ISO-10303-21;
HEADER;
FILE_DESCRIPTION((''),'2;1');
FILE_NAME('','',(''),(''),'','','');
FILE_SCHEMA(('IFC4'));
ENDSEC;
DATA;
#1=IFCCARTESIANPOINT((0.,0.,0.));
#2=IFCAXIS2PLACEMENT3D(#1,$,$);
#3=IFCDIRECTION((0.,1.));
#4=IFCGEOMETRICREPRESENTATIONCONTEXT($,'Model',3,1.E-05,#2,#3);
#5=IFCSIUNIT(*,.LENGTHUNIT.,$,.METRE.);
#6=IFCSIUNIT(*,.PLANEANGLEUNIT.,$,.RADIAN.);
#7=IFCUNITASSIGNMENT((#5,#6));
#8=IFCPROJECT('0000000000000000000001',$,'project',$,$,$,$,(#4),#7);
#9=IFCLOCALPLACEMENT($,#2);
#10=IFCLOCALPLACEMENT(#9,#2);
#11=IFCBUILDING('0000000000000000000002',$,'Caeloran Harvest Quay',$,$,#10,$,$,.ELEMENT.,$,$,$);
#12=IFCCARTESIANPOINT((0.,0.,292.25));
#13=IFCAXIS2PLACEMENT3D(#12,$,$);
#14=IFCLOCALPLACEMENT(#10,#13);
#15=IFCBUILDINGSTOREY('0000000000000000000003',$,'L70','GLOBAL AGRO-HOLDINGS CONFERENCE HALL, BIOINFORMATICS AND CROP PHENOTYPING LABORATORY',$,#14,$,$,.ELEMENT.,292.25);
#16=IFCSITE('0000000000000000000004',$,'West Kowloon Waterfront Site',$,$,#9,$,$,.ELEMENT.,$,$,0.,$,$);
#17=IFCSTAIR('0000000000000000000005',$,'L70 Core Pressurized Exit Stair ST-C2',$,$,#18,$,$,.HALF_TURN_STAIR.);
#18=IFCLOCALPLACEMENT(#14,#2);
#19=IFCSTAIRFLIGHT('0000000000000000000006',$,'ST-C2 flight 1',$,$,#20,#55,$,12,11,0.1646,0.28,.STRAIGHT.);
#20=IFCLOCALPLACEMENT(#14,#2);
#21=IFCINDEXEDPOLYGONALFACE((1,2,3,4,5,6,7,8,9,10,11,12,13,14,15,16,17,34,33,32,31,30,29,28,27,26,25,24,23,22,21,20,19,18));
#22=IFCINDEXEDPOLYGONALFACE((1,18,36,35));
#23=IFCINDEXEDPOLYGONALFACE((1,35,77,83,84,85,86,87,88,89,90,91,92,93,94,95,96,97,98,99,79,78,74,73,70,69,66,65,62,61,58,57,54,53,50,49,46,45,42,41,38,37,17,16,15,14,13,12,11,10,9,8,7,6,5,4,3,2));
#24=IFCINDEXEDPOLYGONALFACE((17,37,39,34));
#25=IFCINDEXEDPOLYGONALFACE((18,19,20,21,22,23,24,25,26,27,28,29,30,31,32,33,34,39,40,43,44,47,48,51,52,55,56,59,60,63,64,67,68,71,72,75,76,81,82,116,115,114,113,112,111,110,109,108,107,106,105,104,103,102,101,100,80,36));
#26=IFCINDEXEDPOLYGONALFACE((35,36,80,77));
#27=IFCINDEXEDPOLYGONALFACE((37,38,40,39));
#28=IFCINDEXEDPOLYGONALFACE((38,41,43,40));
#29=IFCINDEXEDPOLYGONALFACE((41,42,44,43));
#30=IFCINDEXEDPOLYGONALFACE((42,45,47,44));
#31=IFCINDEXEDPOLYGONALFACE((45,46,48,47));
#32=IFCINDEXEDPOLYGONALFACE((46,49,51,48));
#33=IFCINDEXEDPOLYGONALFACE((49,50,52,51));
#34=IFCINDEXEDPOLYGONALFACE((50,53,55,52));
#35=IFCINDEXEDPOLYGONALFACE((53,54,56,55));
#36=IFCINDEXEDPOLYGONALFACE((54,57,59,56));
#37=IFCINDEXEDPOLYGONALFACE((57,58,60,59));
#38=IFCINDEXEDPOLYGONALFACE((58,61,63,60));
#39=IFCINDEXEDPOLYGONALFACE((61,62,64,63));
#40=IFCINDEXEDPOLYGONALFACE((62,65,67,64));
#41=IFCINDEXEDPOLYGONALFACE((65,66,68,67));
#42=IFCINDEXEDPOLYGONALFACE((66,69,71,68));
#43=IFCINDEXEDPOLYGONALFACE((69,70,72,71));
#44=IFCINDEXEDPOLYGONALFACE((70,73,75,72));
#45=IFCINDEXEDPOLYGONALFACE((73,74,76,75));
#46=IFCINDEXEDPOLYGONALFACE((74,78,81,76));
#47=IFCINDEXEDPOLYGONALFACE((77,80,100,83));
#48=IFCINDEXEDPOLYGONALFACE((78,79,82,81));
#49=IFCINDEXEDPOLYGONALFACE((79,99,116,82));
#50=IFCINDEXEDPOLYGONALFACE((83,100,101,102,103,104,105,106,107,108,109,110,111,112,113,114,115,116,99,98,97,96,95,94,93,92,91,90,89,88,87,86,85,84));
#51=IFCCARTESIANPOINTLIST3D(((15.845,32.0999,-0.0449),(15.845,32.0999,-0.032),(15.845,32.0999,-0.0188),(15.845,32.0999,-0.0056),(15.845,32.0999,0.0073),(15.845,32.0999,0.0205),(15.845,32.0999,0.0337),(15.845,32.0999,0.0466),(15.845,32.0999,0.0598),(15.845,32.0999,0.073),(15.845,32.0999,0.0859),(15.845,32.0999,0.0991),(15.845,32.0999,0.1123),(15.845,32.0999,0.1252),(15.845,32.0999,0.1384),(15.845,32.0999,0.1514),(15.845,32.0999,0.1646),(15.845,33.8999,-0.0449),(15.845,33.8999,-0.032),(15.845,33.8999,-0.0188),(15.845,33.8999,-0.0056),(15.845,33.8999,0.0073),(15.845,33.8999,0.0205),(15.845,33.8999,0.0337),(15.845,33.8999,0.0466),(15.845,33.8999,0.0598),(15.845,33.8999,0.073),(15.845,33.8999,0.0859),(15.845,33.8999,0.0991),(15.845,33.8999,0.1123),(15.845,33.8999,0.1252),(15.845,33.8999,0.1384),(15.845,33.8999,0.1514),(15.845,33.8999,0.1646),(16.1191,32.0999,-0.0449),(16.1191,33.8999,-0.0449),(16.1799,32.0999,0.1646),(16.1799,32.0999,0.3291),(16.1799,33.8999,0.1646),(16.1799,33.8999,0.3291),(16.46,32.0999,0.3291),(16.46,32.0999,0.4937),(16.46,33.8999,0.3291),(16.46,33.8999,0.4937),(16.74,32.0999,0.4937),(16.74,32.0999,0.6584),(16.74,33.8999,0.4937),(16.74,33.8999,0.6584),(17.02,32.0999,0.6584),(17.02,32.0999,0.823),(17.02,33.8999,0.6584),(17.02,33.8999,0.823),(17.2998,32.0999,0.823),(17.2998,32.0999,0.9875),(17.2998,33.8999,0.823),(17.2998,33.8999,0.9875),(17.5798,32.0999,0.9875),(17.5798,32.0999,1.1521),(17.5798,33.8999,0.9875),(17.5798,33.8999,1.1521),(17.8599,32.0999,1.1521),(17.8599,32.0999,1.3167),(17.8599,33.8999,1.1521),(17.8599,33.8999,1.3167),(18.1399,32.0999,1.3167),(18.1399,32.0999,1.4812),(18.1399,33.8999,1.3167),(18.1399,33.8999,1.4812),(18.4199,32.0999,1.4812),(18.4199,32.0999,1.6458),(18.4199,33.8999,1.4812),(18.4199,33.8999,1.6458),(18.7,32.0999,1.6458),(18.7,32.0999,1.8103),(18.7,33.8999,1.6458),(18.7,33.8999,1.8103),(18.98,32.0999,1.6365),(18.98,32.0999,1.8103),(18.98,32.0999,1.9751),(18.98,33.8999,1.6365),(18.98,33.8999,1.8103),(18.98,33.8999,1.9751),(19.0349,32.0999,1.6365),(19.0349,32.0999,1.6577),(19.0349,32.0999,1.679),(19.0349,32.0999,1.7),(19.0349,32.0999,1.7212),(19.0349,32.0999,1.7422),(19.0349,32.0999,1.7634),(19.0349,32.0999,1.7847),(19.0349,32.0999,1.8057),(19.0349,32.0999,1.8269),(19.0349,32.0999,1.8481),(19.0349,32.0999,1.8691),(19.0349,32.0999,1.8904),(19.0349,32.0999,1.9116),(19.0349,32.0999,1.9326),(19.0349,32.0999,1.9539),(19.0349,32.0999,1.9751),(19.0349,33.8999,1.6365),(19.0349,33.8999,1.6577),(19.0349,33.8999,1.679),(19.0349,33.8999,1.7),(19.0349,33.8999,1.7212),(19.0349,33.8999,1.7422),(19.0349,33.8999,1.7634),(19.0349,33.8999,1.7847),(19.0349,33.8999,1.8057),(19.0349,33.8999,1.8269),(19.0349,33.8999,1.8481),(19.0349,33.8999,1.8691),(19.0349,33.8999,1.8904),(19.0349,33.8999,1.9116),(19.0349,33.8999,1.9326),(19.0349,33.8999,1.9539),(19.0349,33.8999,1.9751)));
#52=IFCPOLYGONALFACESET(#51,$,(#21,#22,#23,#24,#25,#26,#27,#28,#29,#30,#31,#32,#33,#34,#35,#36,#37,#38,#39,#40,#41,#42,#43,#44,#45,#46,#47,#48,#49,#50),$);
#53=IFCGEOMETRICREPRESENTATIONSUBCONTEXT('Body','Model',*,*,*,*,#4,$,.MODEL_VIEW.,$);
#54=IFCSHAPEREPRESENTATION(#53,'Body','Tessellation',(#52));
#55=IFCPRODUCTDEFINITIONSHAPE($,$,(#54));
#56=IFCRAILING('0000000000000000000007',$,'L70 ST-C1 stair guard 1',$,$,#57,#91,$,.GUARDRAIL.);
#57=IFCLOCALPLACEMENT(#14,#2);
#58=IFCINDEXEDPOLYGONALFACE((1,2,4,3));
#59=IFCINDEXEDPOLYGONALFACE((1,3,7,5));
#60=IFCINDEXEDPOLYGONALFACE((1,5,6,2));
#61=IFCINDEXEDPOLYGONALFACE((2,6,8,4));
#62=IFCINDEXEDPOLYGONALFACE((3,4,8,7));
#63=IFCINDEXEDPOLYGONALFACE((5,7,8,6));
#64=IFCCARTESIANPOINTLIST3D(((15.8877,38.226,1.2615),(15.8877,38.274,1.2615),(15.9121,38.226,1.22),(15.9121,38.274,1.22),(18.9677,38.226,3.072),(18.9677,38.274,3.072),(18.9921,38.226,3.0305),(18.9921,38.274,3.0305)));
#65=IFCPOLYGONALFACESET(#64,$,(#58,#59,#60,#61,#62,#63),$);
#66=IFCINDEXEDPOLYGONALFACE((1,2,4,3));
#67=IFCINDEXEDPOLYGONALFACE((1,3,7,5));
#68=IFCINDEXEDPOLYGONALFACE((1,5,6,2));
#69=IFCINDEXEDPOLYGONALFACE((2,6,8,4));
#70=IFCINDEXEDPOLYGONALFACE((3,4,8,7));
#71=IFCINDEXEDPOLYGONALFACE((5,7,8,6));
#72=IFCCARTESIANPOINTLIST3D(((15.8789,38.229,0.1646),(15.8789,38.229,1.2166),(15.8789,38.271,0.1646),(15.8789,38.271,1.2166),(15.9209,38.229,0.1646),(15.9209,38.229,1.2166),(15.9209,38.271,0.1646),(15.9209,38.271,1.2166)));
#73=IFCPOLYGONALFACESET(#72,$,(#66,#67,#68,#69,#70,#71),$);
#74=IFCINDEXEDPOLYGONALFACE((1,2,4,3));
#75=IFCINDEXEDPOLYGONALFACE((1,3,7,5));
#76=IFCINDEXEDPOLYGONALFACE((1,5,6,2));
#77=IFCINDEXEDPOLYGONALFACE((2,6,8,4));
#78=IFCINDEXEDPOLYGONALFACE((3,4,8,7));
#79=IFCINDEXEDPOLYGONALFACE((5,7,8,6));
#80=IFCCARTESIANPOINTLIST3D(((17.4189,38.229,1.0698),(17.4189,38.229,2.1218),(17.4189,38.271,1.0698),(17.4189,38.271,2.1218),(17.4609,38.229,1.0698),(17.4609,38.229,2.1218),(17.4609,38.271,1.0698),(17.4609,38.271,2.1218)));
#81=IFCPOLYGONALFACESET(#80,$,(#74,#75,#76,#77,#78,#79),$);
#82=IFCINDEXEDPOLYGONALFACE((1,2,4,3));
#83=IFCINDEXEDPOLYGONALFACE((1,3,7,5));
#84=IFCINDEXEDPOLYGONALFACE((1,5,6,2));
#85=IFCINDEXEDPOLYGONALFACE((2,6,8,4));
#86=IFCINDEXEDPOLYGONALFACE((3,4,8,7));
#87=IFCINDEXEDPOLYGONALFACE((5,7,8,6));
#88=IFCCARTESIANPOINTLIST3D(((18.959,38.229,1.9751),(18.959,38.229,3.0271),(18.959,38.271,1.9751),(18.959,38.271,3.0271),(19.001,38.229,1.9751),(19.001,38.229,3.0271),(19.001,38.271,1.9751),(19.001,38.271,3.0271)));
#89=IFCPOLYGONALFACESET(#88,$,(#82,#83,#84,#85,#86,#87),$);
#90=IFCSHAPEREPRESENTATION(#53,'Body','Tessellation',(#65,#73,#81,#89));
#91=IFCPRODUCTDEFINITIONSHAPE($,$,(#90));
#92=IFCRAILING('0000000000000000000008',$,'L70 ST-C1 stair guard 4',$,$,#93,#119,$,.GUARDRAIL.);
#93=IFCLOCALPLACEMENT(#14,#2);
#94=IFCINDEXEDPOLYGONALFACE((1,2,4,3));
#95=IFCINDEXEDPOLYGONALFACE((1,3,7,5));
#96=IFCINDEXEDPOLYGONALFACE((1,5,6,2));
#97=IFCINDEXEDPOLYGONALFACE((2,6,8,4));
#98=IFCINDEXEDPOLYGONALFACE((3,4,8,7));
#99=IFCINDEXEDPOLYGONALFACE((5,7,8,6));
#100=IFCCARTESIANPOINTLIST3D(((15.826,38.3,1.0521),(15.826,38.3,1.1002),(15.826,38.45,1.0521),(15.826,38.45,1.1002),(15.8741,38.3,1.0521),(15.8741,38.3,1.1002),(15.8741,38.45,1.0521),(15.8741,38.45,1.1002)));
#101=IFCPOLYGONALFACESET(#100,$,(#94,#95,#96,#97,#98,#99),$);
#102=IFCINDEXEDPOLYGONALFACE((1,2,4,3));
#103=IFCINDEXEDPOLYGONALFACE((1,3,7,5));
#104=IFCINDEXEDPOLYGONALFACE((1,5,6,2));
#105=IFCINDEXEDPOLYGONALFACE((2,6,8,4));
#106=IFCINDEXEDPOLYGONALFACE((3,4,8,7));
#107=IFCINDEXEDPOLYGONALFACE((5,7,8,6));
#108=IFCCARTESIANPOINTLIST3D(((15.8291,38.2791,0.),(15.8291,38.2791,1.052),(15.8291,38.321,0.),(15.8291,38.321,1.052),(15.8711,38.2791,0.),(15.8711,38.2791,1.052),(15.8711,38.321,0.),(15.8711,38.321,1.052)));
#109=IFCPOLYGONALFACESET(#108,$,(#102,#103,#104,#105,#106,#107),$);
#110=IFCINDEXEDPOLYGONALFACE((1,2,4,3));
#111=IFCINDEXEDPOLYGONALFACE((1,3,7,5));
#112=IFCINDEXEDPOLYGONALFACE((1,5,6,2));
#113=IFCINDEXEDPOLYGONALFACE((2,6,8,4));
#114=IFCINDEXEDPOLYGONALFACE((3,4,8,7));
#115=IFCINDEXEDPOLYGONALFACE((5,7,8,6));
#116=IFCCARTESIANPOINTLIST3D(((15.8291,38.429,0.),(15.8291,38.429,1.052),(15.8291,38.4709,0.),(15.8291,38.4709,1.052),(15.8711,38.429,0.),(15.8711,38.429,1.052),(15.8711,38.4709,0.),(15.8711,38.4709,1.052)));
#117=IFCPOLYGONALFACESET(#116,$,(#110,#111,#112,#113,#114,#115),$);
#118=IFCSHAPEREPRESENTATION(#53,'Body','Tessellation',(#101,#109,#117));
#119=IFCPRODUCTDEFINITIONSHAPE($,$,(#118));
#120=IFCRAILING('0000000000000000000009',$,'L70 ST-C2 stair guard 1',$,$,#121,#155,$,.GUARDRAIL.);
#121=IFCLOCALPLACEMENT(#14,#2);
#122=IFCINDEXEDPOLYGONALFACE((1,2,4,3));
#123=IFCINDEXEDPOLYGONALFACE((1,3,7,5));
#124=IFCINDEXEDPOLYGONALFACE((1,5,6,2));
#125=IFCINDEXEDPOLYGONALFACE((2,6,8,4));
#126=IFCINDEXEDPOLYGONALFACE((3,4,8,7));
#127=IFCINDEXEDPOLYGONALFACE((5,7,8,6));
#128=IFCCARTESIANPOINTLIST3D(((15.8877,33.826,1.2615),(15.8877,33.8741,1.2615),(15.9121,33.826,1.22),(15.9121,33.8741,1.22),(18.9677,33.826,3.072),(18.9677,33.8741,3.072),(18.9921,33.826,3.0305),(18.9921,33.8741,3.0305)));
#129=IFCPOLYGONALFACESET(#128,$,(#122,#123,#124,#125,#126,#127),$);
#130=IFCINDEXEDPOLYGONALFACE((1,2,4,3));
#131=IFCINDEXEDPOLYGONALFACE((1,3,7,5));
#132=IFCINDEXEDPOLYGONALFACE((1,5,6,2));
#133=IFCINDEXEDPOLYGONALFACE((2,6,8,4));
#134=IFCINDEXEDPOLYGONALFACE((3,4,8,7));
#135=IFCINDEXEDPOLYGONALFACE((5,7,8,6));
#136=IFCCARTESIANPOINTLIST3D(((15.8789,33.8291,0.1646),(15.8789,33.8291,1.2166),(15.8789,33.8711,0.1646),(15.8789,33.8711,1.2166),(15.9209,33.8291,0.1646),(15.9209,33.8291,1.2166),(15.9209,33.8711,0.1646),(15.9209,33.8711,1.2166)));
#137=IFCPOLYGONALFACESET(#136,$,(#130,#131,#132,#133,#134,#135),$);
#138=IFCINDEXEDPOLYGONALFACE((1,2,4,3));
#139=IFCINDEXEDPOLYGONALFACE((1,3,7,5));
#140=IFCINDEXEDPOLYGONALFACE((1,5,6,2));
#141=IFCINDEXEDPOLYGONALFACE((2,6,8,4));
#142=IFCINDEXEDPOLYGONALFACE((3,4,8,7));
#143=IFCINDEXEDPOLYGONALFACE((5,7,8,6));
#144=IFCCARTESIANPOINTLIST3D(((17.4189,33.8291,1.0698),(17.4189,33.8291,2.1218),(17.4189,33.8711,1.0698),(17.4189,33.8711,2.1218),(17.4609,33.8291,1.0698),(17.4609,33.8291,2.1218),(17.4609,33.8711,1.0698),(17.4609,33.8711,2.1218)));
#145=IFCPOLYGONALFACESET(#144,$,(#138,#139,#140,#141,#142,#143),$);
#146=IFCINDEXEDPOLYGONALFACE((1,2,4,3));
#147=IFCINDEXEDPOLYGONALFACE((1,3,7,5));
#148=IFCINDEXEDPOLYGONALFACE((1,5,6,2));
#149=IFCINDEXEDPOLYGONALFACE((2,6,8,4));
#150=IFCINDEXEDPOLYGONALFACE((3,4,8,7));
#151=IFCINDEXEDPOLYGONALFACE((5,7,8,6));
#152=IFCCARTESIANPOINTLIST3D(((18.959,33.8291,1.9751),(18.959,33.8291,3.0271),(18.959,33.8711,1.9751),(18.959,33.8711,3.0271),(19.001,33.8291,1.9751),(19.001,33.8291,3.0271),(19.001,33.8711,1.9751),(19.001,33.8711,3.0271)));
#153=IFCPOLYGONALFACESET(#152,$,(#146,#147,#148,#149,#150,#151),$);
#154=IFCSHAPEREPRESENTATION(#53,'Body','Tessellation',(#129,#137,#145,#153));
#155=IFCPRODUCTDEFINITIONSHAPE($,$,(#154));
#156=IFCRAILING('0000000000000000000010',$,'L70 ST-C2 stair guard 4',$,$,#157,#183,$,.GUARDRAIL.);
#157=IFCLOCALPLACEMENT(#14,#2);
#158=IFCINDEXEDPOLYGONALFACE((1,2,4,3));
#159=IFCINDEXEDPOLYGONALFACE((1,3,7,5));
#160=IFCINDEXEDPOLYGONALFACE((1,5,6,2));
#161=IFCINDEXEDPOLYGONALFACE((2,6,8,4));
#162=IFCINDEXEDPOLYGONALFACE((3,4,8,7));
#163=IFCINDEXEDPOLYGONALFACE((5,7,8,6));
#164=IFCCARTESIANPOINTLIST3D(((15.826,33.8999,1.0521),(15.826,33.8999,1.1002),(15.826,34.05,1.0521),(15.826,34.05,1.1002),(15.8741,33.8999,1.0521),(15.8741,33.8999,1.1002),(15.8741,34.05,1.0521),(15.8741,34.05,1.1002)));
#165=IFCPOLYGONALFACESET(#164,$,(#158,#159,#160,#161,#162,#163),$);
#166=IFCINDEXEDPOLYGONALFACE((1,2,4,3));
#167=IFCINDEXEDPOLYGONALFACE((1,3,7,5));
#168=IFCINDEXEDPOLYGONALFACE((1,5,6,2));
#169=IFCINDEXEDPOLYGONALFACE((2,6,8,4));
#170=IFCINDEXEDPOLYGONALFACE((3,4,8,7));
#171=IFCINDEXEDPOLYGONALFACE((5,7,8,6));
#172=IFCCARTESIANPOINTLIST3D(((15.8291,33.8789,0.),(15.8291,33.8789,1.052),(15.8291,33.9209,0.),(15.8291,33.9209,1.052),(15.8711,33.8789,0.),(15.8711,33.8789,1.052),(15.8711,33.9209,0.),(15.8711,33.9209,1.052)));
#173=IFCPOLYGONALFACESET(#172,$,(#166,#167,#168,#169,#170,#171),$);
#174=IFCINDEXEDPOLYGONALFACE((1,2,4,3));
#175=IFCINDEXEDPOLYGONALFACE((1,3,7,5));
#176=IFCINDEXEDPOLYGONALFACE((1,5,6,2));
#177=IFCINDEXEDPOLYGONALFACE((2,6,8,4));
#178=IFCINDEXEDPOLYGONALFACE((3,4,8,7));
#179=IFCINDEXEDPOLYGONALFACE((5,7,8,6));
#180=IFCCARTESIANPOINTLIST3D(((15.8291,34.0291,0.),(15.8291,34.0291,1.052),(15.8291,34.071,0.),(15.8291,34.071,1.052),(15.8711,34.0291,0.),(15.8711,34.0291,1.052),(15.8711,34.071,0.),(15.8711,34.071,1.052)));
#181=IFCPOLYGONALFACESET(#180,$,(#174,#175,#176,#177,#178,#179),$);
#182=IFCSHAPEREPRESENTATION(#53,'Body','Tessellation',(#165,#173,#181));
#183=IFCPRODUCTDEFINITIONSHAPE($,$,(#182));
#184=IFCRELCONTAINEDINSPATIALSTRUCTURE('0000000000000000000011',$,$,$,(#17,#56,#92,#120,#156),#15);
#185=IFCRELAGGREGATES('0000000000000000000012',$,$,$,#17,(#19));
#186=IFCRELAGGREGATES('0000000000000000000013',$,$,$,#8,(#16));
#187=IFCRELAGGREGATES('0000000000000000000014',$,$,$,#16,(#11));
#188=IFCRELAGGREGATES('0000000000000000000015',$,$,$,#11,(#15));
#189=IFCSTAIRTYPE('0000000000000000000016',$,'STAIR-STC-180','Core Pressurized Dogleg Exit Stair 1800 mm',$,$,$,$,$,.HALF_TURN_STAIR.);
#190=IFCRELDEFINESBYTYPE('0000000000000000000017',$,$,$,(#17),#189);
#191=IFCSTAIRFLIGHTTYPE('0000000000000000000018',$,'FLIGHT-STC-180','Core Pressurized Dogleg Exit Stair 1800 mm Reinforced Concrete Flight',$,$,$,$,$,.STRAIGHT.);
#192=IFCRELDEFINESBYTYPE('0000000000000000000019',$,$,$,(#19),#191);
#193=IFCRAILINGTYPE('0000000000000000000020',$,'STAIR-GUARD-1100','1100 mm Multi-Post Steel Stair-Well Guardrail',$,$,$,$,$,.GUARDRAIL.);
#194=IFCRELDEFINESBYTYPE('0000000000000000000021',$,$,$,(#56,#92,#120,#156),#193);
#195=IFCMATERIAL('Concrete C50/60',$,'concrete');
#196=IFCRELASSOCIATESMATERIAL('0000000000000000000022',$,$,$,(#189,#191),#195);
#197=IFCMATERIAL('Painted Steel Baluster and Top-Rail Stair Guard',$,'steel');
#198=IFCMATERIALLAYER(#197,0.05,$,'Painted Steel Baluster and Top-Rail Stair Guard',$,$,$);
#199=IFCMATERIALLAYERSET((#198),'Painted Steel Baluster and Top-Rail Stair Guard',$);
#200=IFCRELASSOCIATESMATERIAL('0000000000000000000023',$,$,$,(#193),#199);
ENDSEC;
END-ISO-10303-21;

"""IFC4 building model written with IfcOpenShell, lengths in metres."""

from ifc_helpers import new_model, si_unit, direction, frame, origin, origin_2d, place, context, subcontext, project, spatial, polyline, rectangle, outline, extrude, material, layer, layer_set, type_object, element, aggregate, save


model = new_model("IFC4")

# Units and contexts
model_context = context("Model", 3, precision=1e-05, world=origin(), true_north=direction((0.0, 1.0)))
body_context = subcontext(model_context, "Body", "Model", "MODEL_VIEW")
ifc_project = project(units=[si_unit("LENGTHUNIT", "METRE"), si_unit("PLANEANGLEUNIT", "RADIAN")], contexts=[model_context])

# Site, building, storey
site_placement = place(None, origin())
site = spatial("IfcSite", under=ifc_project, at=site_placement, Name="West Kowloon Waterfront Site", CompositionType="ELEMENT", RefElevation=0.0)
building_placement = place(site_placement, origin())
building = spatial("IfcBuilding", under=site, at=building_placement, Name="Caeloran Harvest Quay", CompositionType="ELEMENT")
storey_placement = place(building_placement, frame((0.0, 0.0, 292.25)))
storey = spatial("IfcBuildingStorey", under=building, at=storey_placement, Name="L70", Description="GLOBAL AGRO-HOLDINGS CONFERENCE HALL, BIOINFORMATICS AND CROP PHENOTYPING LABORATORY", CompositionType="ELEMENT", Elevation=292.25)

# Stair, stair flight
ifc_material_1 = material(Name="Concrete C50/60", Category="concrete")
stair_type = type_object("IfcStairType", Name="STAIR-STC-180", Description="Core Pressurized Dogleg Exit Stair 1800 mm", PredefinedType="HALF_TURN_STAIR", material=ifc_material_1)
stair_flight_type = type_object("IfcStairFlightType", Name="FLIGHT-STC-180", Description="Core Pressurized Dogleg Exit Stair 1800 mm Reinforced Concrete Flight", PredefinedType="STRAIGHT", material=ifc_material_1)
stair_1_placement = place(storey_placement, origin())
stair_1 = element("IfcStair", 1, at=stair_1_placement, inside=storey, type_object=stair_type, Name="L70 Core Pressurized Exit Stair ST-C2", PredefinedType="HALF_TURN_STAIR")
stair_flight_1_placement = place(storey_placement, frame((15.8999, 33.0, 0.0), z_axis=(0.0, 0.0, 1.0), x_axis=(1.0, 0.0, 0.0)))
stair_flight_1 = element("IfcStairFlight", 2, at=stair_flight_1_placement, type_object=stair_flight_type, Name="ST-C2 flight 1", NumberOfRisers=12, NumberOfTreads=11, PredefinedType="STRAIGHT", RiserHeight=0.1646, TreadLength=0.28, context=body_context, shape_type="SweptSolid", body=[
    extrude(outline(polyline([(-0.0549, -0.0449), (-0.0549, -0.032), (-0.0549, -0.0188), (-0.0549, -0.0056), (-0.0549, 0.0073), (-0.0549, 0.0205), (-0.0549, 0.0337), (-0.0549, 0.0466), (-0.0549, 0.0598), (-0.0549, 0.073), (-0.0549, 0.0859), (-0.0549, 0.0991), (-0.0549, 0.1123), (-0.0549, 0.1252), (-0.0549, 0.1384), (-0.0549, 0.1514), (-0.0549, 0.1646), (0.28, 0.1646), (0.28, 0.3291), (0.5601, 0.3291), (0.5601, 0.4937), (0.8401, 0.4937), (0.8401, 0.6584), (1.1201, 0.6584), (1.1201, 0.823), (1.3999, 0.823), (1.3999, 0.9875), (1.6799, 0.9875), (1.6799, 1.1521), (1.96, 1.1521), (1.96, 1.3167), (2.24, 1.3167), (2.24, 1.4812), (2.52, 1.4812), (2.52, 1.6458), (2.8, 1.6458), (2.8, 1.8103), (3.0801, 1.8103), (3.0801, 1.9751), (3.135, 1.9751), (3.135, 1.9539), (3.135, 1.9326), (3.135, 1.9116), (3.135, 1.8904), (3.135, 1.8691), (3.135, 1.8481), (3.135, 1.8269), (3.135, 1.8057), (3.135, 1.7847), (3.135, 1.7634), (3.135, 1.7422), (3.135, 1.7212), (3.135, 1.7), (3.135, 1.679), (3.135, 1.6577), (3.135, 1.6365), (3.0801, 1.6365), (0.2192, -0.0449), (-0.0549, -0.0449)])), frame((0.0, 0.8999, 0.0), z_axis=(0.0, -1.0, 0.0), x_axis=(1.0, 0.0, 0.0)), (0.0, 0.0, 1.0), 1.8),
])
aggregate(stair_1, [stair_flight_1])

# Railings
ifc_material_2 = material(Name="Painted Steel Baluster and Top-Rail Stair Guard", Category="steel")
ifc_layer_1 = layer(ifc_material_2, 0.05, Name="Painted Steel Baluster and Top-Rail Stair Guard")
ifc_layer_set_1 = layer_set([ifc_layer_1], Name="Painted Steel Baluster and Top-Rail Stair Guard")
railing_type_1 = type_object("IfcRailingType", Name="STAIR-GUARD-1100", Description="1100 mm Multi-Post Steel Stair-Well Guardrail", PredefinedType="GUARDRAIL", material=ifc_layer_set_1)
railing_1_placement = place(storey_placement, frame((15.8999, 38.25, 0.1646)))
element("IfcRailing", 3, at=railing_1_placement, inside=storey, type_object=railing_type_1, Name="L70 ST-C1 stair guard 1", PredefinedType="GUARDRAIL", context=body_context, shape_type="SweptSolid", body=[
    extrude(rectangle(XDim=0.0481, YDim=0.0481, at=origin_2d()), frame((0.0, 0.0, 1.0762), z_axis=(0.862089, 0.0, 0.506757), x_axis=(0.0, 1.0, 0.0)), (0.0, 0.0, 1.0), 3.5728),
    extrude(rectangle(XDim=0.042, YDim=0.042, at=origin_2d()), origin(), (0.0, 0.0, 1.0), 1.052),
    extrude(rectangle(XDim=0.042, YDim=0.042, at=origin_2d()), frame((1.54, 0.0, 0.9053)), (0.0, 0.0, 1.0), 1.052),
    extrude(rectangle(XDim=0.042, YDim=0.042, at=origin_2d()), frame((3.0801, 0.0, 1.8105)), (0.0, 0.0, 1.0), 1.052),
])
railing_2_placement = place(storey_placement, frame((15.8501, 38.3, 0.0)))
element("IfcRailing", 4, at=railing_2_placement, inside=storey, type_object=railing_type_1, Name="L70 ST-C1 stair guard 4", PredefinedType="GUARDRAIL", context=body_context, shape_type="SweptSolid", body=[
    extrude(rectangle(XDim=0.0481, YDim=0.0481, at=origin_2d()), frame((0.0, 0.0, 1.0762), z_axis=(0.0, 1.0, 0.0), x_axis=(-1.0, 0.0, 0.0)), (0.0, 0.0, 1.0), 0.1499),
    extrude(rectangle(XDim=0.042, YDim=0.042, at=origin_2d()), origin(), (0.0, 0.0, 1.0), 1.052),
    extrude(rectangle(XDim=0.042, YDim=0.042, at=origin_2d()), frame((0.0, 0.1499, 0.0)), (0.0, 0.0, 1.0), 1.052),
])
railing_3_placement = place(storey_placement, frame((15.8999, 33.8501, 0.1646)))
element("IfcRailing", 5, at=railing_3_placement, inside=storey, type_object=railing_type_1, Name="L70 ST-C2 stair guard 1", PredefinedType="GUARDRAIL", context=body_context, shape_type="SweptSolid", body=[
    extrude(rectangle(XDim=0.0481, YDim=0.0481, at=origin_2d()), frame((0.0, 0.0, 1.0762), z_axis=(0.862089, 0.0, 0.506757), x_axis=(0.0, 1.0, 0.0)), (0.0, 0.0, 1.0), 3.5728),
    extrude(rectangle(XDim=0.042, YDim=0.042, at=origin_2d()), origin(), (0.0, 0.0, 1.0), 1.052),
    extrude(rectangle(XDim=0.042, YDim=0.042, at=origin_2d()), frame((1.54, 0.0, 0.9053)), (0.0, 0.0, 1.0), 1.052),
    extrude(rectangle(XDim=0.042, YDim=0.042, at=origin_2d()), frame((3.0801, 0.0, 1.8105)), (0.0, 0.0, 1.0), 1.052),
])
railing_4_placement = place(storey_placement, frame((15.8501, 33.8999, 0.0)))
element("IfcRailing", 6, at=railing_4_placement, inside=storey, type_object=railing_type_1, Name="L70 ST-C2 stair guard 4", PredefinedType="GUARDRAIL", context=body_context, shape_type="SweptSolid", body=[
    extrude(rectangle(XDim=0.0481, YDim=0.0481, at=origin_2d()), frame((0.0, 0.0, 1.0762), z_axis=(0.0, 1.0, 0.0), x_axis=(-1.0, 0.0, 0.0)), (0.0, 0.0, 1.0), 0.1501),
    extrude(rectangle(XDim=0.042, YDim=0.042, at=origin_2d()), origin(), (0.0, 0.0, 1.0), 1.052),
    extrude(rectangle(XDim=0.042, YDim=0.042, at=origin_2d()), frame((0.0, 0.1501, 0.0)), (0.0, 0.0, 1.0), 1.052),
])

save(model, "model.ifc")
